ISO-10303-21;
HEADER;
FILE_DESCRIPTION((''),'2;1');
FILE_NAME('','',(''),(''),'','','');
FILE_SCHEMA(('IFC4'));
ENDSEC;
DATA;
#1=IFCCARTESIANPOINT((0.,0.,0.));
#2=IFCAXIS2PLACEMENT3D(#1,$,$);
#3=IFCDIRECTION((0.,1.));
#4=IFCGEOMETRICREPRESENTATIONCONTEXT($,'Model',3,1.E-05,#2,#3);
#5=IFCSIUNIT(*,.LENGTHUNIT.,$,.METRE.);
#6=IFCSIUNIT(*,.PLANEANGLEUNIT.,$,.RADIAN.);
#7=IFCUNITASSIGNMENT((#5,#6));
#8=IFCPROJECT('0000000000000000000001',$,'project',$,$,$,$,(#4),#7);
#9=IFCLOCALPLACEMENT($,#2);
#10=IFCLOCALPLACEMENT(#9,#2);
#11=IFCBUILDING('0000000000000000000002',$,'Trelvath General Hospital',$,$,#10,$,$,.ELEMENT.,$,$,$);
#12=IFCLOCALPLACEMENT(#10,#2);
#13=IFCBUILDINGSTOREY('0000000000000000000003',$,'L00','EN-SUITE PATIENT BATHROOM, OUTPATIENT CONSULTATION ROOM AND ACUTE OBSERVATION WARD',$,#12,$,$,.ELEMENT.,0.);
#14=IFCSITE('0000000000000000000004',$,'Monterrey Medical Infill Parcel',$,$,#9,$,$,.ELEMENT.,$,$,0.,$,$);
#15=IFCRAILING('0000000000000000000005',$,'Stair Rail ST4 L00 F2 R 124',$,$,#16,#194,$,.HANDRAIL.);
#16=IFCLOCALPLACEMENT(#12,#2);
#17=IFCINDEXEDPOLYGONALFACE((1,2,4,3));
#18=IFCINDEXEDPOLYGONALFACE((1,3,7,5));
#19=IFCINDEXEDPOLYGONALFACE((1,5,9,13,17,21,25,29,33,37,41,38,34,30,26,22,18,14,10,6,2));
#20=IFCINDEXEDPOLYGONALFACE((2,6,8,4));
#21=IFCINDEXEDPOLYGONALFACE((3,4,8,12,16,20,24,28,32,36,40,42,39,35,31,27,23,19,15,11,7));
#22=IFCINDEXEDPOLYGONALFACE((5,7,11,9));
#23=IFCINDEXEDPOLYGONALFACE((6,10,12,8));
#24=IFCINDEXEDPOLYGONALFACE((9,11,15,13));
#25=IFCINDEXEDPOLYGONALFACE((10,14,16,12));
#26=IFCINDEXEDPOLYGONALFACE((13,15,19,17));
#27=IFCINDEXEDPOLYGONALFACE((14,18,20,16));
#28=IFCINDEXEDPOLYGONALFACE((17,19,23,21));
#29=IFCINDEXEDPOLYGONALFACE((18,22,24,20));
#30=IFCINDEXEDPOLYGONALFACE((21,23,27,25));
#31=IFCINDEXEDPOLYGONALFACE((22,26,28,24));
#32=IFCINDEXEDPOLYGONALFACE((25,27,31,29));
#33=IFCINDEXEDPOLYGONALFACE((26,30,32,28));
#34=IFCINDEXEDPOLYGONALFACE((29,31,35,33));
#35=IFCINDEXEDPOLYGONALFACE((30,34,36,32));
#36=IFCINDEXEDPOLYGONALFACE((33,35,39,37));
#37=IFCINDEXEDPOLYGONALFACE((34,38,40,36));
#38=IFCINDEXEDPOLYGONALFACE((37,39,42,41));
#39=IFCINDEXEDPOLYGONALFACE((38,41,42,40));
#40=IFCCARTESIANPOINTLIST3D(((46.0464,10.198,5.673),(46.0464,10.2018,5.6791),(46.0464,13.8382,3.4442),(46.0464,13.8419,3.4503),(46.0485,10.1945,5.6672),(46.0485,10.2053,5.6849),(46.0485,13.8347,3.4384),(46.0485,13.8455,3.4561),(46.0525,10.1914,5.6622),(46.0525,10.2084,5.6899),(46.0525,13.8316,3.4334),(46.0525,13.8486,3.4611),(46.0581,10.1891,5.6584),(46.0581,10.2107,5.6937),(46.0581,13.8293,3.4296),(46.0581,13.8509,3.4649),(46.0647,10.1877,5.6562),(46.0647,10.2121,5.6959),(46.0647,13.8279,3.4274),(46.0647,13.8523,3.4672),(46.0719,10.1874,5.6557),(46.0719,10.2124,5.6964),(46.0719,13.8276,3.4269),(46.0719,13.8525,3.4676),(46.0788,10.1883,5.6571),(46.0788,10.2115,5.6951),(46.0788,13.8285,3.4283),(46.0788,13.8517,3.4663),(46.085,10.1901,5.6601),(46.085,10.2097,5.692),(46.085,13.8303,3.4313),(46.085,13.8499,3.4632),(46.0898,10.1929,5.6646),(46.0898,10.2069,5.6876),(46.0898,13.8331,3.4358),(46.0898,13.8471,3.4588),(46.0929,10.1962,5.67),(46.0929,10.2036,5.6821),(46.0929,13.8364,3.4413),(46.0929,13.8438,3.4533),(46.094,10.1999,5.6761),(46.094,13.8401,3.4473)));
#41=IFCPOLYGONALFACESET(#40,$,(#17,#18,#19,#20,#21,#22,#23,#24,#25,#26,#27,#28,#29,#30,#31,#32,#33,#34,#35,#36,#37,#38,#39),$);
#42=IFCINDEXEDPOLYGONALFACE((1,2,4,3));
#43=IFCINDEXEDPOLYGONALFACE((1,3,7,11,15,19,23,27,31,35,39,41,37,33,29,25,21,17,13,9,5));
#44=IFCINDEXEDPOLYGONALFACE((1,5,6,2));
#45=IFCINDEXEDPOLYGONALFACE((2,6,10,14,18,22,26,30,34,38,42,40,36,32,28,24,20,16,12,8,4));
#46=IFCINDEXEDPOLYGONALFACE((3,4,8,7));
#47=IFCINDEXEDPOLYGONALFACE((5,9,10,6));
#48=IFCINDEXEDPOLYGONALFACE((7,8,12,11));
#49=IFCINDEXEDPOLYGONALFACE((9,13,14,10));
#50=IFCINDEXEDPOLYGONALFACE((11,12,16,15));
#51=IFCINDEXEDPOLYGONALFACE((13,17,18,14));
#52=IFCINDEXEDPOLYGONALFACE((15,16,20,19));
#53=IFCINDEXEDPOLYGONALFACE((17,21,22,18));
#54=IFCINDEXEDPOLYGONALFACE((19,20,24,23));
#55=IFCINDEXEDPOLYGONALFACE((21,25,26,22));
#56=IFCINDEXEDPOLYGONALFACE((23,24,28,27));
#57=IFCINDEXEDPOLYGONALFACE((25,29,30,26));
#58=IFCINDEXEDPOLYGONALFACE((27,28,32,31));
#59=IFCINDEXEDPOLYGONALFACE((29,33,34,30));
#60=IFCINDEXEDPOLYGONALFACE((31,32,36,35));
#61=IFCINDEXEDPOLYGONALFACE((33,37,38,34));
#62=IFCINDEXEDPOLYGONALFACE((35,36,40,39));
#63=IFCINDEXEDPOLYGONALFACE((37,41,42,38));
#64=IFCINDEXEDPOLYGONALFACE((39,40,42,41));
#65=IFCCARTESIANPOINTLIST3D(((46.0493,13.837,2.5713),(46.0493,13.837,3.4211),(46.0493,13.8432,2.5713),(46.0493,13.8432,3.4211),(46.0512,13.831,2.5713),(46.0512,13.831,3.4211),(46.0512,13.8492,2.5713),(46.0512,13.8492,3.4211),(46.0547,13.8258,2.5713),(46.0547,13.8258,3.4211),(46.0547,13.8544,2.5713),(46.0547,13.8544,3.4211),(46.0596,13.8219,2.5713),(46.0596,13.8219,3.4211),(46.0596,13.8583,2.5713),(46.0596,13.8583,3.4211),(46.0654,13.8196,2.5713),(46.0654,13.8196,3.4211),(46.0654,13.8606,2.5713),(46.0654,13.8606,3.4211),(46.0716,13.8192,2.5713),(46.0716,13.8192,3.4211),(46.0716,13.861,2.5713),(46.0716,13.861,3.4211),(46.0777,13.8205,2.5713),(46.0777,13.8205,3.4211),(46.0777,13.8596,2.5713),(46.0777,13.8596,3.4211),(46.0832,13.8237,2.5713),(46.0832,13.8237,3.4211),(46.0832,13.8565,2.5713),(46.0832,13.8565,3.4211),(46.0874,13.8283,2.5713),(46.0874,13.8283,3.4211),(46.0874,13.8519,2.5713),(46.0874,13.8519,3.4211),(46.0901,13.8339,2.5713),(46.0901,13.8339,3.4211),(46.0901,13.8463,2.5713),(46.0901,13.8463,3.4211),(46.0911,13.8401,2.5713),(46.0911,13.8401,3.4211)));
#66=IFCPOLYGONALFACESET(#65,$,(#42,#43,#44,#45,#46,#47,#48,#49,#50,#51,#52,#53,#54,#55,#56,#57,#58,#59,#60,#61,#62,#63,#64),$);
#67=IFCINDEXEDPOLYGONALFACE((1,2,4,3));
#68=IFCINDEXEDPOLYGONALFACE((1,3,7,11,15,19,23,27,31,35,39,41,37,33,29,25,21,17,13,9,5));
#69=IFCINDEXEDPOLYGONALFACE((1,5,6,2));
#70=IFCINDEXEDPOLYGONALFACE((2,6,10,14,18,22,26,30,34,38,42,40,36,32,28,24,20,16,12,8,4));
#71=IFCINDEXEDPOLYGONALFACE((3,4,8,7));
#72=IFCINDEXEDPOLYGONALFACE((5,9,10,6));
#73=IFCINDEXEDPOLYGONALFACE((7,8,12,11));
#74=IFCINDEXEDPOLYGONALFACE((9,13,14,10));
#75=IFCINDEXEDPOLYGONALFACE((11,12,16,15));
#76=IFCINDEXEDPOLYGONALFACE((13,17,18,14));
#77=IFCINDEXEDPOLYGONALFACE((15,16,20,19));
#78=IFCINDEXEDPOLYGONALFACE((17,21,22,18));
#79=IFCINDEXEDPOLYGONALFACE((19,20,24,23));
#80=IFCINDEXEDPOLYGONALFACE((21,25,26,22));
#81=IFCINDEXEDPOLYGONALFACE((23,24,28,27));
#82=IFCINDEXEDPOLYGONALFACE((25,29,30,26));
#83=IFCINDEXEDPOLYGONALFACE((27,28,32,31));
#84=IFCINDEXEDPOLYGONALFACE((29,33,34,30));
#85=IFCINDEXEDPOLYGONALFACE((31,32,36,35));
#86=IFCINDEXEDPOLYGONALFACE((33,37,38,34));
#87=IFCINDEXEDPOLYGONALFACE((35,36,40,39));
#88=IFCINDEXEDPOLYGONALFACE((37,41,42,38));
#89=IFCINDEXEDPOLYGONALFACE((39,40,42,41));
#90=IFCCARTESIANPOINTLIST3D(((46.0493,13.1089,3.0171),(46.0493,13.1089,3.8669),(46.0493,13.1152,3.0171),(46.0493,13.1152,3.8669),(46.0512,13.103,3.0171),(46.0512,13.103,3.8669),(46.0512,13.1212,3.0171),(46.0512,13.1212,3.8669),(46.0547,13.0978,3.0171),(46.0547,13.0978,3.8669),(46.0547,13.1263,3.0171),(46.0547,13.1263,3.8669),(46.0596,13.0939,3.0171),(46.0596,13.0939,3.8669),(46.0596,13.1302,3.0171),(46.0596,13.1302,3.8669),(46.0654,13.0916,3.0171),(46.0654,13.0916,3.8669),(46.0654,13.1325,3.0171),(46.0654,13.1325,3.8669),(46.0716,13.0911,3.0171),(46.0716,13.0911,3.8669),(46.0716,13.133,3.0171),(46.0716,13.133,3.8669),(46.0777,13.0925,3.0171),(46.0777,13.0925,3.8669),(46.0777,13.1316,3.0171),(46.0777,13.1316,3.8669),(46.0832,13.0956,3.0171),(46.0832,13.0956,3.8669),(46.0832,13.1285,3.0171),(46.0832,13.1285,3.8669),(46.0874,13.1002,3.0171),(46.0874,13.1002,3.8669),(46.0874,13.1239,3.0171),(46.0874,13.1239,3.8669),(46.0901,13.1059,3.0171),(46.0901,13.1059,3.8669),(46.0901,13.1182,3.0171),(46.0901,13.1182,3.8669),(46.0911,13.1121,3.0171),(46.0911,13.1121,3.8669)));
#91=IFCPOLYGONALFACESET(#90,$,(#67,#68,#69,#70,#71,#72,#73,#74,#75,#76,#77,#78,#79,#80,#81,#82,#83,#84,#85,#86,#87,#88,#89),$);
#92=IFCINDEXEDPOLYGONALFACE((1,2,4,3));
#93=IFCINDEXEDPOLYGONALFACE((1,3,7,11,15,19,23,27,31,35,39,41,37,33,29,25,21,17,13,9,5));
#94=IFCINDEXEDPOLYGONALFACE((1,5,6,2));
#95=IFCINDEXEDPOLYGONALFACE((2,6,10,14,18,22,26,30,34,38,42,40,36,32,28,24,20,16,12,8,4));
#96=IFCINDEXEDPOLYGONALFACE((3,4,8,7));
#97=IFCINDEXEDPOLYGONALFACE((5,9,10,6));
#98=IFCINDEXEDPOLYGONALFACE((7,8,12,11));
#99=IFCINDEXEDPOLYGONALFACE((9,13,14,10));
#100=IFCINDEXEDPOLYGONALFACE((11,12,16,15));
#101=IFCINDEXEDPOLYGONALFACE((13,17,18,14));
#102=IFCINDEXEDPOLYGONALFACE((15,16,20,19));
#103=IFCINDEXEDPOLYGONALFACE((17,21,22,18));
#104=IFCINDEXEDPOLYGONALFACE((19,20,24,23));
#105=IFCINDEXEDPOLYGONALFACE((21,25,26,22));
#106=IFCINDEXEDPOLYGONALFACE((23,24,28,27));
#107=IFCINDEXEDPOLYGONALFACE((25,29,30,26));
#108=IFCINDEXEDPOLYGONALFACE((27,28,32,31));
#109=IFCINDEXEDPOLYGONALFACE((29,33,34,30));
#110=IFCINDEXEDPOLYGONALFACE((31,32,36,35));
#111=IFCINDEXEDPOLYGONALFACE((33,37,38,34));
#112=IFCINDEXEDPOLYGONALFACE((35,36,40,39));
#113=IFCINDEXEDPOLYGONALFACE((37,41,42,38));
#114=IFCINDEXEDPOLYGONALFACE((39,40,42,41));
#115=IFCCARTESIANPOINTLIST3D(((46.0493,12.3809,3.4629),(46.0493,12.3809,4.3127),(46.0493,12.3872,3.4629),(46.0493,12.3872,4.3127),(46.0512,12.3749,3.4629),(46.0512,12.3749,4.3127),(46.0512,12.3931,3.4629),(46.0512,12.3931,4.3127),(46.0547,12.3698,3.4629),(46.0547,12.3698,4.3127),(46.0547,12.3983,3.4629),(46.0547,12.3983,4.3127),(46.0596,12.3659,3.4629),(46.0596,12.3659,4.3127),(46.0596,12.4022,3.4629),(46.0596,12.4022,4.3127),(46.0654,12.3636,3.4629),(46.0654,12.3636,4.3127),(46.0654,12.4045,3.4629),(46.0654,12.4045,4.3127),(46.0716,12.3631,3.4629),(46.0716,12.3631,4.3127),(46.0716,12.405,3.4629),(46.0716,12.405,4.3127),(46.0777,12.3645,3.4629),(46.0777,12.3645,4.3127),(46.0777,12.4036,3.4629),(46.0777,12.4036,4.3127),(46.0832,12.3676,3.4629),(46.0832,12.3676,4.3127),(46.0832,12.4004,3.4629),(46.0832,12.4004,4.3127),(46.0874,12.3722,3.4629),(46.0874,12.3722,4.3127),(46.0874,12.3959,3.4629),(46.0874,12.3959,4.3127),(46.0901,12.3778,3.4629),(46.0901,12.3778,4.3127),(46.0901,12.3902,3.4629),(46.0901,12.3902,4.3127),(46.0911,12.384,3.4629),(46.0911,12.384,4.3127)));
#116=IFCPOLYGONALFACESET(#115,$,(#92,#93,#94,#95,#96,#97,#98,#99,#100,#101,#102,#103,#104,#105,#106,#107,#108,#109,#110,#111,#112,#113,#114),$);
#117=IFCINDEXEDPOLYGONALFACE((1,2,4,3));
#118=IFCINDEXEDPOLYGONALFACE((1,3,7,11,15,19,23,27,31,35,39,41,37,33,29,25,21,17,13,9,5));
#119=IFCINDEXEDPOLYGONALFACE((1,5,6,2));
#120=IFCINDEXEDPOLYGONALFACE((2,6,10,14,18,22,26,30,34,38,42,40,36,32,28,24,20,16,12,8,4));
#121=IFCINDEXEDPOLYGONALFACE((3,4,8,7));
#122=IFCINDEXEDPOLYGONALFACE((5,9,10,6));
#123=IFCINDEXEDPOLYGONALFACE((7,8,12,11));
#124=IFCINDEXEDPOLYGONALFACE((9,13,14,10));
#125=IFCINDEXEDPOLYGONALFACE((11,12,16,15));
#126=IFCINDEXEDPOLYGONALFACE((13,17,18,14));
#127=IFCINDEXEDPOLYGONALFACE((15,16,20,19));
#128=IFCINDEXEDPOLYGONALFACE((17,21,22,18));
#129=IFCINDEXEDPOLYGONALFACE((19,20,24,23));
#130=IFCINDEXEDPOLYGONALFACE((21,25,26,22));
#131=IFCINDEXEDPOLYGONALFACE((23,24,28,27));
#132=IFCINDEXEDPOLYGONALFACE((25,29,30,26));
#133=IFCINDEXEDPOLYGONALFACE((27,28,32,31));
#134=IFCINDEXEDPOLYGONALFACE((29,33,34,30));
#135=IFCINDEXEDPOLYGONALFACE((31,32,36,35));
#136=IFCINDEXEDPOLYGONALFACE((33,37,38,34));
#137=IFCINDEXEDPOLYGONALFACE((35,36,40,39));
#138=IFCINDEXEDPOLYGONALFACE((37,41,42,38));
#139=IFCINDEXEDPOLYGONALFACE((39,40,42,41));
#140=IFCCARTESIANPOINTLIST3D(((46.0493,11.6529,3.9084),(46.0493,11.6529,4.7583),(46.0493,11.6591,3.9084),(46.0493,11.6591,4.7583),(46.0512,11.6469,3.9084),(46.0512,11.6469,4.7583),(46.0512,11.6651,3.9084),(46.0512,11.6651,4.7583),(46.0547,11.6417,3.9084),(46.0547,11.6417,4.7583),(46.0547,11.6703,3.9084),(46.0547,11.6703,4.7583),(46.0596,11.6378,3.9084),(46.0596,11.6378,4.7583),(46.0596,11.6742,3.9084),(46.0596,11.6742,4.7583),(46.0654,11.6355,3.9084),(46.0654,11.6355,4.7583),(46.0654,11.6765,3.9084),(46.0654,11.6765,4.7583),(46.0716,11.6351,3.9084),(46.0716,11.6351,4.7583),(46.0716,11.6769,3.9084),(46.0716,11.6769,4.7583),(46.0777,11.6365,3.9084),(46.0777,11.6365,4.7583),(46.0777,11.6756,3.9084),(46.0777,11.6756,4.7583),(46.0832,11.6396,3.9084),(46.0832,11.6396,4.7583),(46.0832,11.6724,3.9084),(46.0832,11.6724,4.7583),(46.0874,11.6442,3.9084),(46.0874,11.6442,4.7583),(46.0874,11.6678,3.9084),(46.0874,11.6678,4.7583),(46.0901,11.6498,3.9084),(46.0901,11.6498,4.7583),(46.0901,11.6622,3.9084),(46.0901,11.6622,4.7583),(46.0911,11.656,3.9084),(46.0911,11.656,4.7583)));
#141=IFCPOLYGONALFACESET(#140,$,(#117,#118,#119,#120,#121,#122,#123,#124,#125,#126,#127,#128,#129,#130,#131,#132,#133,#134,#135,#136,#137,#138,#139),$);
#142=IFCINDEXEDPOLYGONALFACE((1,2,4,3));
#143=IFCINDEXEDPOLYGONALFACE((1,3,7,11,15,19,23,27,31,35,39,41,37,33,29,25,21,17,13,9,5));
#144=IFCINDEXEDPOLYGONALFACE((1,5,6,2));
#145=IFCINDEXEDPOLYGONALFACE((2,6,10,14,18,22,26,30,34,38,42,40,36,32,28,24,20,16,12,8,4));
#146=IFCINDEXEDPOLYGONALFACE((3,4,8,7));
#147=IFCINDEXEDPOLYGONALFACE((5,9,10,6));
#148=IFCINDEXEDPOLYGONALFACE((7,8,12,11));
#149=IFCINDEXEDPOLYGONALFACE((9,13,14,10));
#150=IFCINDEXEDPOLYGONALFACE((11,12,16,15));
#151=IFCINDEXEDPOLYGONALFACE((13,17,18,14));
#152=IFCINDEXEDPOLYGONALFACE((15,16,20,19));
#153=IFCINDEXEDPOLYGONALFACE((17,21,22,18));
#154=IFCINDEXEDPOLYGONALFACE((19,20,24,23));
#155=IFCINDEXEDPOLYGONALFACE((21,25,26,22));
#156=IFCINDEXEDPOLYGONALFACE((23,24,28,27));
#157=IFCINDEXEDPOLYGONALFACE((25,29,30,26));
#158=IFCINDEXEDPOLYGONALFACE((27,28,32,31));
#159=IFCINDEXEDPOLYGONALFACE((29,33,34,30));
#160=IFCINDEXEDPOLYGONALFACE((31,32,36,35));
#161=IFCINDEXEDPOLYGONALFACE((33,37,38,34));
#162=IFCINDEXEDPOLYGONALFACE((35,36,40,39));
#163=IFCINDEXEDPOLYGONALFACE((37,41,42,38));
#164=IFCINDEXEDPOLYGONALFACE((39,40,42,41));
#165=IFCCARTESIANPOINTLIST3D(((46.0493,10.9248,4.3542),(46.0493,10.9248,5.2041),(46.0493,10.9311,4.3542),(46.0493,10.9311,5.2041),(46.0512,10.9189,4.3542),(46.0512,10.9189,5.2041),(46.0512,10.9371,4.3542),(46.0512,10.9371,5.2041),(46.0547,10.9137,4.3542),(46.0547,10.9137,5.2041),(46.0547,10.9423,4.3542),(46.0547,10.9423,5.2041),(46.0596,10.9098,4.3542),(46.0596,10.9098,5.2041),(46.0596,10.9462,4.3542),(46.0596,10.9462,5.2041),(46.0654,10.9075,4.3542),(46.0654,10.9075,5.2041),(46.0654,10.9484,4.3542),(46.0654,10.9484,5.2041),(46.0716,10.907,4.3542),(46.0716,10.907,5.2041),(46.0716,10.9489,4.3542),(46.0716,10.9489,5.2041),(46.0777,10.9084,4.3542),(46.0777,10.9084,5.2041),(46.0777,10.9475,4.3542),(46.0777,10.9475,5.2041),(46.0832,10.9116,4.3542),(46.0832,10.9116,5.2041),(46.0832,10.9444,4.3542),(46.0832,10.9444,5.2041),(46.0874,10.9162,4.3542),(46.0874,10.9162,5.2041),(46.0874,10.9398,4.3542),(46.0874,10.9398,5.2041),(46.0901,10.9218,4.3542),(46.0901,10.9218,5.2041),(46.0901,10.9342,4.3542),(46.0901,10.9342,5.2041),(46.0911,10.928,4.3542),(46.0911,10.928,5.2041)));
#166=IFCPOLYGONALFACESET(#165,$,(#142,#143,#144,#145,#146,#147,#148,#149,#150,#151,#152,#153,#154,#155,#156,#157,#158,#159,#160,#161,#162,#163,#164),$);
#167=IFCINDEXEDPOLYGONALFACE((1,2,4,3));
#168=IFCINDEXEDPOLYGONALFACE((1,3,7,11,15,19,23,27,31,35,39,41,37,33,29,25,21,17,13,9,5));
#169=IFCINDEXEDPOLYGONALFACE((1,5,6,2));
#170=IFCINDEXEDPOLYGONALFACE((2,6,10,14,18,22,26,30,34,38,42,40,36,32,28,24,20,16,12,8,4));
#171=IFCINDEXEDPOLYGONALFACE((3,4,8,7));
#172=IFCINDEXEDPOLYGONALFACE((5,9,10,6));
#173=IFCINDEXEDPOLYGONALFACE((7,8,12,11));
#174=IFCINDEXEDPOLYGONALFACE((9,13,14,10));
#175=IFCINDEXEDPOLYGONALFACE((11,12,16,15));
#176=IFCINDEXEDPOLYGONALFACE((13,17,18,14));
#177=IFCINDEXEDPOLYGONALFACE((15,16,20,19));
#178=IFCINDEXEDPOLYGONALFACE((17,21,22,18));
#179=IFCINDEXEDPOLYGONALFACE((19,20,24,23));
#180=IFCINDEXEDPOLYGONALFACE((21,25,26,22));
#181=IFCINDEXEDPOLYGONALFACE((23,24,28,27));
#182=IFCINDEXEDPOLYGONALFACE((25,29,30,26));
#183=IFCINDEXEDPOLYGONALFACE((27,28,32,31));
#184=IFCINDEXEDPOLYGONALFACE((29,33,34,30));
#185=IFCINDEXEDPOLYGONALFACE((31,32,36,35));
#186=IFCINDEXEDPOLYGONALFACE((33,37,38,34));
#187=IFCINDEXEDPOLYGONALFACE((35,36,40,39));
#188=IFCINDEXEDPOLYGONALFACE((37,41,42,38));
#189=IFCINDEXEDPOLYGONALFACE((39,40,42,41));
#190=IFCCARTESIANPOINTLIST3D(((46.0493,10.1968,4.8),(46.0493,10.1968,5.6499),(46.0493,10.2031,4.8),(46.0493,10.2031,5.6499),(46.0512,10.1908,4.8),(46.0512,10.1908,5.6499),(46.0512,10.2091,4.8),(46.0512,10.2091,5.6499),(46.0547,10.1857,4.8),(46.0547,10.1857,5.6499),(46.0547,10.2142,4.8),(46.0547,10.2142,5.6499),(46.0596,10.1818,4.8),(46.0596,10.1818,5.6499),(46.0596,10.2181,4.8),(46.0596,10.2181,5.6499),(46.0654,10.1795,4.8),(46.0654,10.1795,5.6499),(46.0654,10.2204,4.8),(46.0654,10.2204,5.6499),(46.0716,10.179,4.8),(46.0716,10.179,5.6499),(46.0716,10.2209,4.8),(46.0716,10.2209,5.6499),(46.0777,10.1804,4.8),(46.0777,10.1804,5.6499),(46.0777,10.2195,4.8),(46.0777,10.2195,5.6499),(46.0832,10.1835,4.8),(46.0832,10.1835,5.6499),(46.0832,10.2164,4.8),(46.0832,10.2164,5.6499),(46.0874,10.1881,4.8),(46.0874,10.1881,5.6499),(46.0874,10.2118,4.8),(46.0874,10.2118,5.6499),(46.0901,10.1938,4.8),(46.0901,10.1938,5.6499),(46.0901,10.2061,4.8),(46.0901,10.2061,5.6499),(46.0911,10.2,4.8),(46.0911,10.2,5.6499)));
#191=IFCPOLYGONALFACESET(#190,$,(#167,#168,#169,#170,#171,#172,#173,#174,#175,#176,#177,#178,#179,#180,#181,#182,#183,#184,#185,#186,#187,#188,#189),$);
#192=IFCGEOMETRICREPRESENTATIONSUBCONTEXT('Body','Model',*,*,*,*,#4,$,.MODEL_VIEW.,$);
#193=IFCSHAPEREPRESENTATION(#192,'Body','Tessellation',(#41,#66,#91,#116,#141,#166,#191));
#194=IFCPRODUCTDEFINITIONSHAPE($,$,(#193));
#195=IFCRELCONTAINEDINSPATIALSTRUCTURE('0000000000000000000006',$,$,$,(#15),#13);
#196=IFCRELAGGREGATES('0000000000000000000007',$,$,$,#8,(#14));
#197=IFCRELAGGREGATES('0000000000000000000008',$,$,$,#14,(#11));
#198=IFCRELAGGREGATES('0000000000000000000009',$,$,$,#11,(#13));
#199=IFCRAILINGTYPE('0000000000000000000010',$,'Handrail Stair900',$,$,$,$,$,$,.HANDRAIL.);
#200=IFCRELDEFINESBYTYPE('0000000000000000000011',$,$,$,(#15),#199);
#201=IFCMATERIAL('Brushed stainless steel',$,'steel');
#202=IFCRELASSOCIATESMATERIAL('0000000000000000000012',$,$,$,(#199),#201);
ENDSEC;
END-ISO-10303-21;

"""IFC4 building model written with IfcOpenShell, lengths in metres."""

from ifc_helpers import new_model, si_unit, direction, frame, origin, origin_2d, place, context, subcontext, project, spatial, circle, extrude, material, type_object, element, save


model = new_model("IFC4")

# Units and contexts
model_context = context("Model", 3, precision=1e-05, world=origin(), true_north=direction((0.0, 1.0)))
body_context = subcontext(model_context, "Body", "Model", "MODEL_VIEW")
ifc_project = project(units=[si_unit("LENGTHUNIT", "METRE"), si_unit("PLANEANGLEUNIT", "RADIAN")], contexts=[model_context])

# Site, building, storey
site_placement = place(None, origin())
site = spatial("IfcSite", under=ifc_project, at=site_placement, Name="Monterrey Medical Infill Parcel", CompositionType="ELEMENT", RefElevation=0.0)
building_placement = place(site_placement, origin())
building = spatial("IfcBuilding", under=site, at=building_placement, Name="Trelvath General Hospital", CompositionType="ELEMENT")
storey_placement = place(building_placement, origin())
storey = spatial("IfcBuildingStorey", under=building, at=storey_placement, Name="L00", Description="EN-SUITE PATIENT BATHROOM, OUTPATIENT CONSULTATION ROOM AND ACUTE OBSERVATION WARD", CompositionType="ELEMENT", Elevation=0.0)

# Railing
ifc_material_1 = material(Name="Brushed stainless steel", Category="steel")
railing_type_1 = type_object("IfcRailingType", Name="Handrail Stair900", PredefinedType="HANDRAIL", material=ifc_material_1)
railing_1_placement = place(storey_placement, frame((46.0701, 13.8401, 2.5713)))
element("IfcRailing", 1, at=railing_1_placement, inside=storey, type_object=railing_type_1, Name="Stair Rail ST4 L00 F2 R 124", PredefinedType="HANDRAIL", context=body_context, shape_type="SweptSolid", body=[
    extrude(circle(Radius=0.0239, at=origin_2d()), frame((0.0, 0.0, 0.876), z_axis=(0.0, -0.85284, 0.522172), x_axis=(1.0, 0.0, 0.0)), (0.0, 0.0, 1.0), 4.2683),
    extrude(circle(Radius=0.021, at=origin_2d()), origin(), (0.0, 0.0, 1.0), 0.8499),
    extrude(circle(Radius=0.021, at=origin_2d()), frame((0.0, -0.728, 0.4458)), (0.0, 0.0, 1.0), 0.8499),
    extrude(circle(Radius=0.021, at=origin_2d()), frame((0.0, -1.4561, 0.8916)), (0.0, 0.0, 1.0), 0.8499),
    extrude(circle(Radius=0.021, at=origin_2d()), frame((0.0, -2.1841, 1.3372)), (0.0, 0.0, 1.0), 0.8499),
    extrude(circle(Radius=0.021, at=origin_2d()), frame((0.0, -2.9121, 1.783)), (0.0, 0.0, 1.0), 0.8499),
    extrude(circle(Radius=0.021, at=origin_2d()), frame((0.0, -3.6401, 2.2288)), (0.0, 0.0, 1.0), 0.8499),
])

save(model, "model.ifc")
